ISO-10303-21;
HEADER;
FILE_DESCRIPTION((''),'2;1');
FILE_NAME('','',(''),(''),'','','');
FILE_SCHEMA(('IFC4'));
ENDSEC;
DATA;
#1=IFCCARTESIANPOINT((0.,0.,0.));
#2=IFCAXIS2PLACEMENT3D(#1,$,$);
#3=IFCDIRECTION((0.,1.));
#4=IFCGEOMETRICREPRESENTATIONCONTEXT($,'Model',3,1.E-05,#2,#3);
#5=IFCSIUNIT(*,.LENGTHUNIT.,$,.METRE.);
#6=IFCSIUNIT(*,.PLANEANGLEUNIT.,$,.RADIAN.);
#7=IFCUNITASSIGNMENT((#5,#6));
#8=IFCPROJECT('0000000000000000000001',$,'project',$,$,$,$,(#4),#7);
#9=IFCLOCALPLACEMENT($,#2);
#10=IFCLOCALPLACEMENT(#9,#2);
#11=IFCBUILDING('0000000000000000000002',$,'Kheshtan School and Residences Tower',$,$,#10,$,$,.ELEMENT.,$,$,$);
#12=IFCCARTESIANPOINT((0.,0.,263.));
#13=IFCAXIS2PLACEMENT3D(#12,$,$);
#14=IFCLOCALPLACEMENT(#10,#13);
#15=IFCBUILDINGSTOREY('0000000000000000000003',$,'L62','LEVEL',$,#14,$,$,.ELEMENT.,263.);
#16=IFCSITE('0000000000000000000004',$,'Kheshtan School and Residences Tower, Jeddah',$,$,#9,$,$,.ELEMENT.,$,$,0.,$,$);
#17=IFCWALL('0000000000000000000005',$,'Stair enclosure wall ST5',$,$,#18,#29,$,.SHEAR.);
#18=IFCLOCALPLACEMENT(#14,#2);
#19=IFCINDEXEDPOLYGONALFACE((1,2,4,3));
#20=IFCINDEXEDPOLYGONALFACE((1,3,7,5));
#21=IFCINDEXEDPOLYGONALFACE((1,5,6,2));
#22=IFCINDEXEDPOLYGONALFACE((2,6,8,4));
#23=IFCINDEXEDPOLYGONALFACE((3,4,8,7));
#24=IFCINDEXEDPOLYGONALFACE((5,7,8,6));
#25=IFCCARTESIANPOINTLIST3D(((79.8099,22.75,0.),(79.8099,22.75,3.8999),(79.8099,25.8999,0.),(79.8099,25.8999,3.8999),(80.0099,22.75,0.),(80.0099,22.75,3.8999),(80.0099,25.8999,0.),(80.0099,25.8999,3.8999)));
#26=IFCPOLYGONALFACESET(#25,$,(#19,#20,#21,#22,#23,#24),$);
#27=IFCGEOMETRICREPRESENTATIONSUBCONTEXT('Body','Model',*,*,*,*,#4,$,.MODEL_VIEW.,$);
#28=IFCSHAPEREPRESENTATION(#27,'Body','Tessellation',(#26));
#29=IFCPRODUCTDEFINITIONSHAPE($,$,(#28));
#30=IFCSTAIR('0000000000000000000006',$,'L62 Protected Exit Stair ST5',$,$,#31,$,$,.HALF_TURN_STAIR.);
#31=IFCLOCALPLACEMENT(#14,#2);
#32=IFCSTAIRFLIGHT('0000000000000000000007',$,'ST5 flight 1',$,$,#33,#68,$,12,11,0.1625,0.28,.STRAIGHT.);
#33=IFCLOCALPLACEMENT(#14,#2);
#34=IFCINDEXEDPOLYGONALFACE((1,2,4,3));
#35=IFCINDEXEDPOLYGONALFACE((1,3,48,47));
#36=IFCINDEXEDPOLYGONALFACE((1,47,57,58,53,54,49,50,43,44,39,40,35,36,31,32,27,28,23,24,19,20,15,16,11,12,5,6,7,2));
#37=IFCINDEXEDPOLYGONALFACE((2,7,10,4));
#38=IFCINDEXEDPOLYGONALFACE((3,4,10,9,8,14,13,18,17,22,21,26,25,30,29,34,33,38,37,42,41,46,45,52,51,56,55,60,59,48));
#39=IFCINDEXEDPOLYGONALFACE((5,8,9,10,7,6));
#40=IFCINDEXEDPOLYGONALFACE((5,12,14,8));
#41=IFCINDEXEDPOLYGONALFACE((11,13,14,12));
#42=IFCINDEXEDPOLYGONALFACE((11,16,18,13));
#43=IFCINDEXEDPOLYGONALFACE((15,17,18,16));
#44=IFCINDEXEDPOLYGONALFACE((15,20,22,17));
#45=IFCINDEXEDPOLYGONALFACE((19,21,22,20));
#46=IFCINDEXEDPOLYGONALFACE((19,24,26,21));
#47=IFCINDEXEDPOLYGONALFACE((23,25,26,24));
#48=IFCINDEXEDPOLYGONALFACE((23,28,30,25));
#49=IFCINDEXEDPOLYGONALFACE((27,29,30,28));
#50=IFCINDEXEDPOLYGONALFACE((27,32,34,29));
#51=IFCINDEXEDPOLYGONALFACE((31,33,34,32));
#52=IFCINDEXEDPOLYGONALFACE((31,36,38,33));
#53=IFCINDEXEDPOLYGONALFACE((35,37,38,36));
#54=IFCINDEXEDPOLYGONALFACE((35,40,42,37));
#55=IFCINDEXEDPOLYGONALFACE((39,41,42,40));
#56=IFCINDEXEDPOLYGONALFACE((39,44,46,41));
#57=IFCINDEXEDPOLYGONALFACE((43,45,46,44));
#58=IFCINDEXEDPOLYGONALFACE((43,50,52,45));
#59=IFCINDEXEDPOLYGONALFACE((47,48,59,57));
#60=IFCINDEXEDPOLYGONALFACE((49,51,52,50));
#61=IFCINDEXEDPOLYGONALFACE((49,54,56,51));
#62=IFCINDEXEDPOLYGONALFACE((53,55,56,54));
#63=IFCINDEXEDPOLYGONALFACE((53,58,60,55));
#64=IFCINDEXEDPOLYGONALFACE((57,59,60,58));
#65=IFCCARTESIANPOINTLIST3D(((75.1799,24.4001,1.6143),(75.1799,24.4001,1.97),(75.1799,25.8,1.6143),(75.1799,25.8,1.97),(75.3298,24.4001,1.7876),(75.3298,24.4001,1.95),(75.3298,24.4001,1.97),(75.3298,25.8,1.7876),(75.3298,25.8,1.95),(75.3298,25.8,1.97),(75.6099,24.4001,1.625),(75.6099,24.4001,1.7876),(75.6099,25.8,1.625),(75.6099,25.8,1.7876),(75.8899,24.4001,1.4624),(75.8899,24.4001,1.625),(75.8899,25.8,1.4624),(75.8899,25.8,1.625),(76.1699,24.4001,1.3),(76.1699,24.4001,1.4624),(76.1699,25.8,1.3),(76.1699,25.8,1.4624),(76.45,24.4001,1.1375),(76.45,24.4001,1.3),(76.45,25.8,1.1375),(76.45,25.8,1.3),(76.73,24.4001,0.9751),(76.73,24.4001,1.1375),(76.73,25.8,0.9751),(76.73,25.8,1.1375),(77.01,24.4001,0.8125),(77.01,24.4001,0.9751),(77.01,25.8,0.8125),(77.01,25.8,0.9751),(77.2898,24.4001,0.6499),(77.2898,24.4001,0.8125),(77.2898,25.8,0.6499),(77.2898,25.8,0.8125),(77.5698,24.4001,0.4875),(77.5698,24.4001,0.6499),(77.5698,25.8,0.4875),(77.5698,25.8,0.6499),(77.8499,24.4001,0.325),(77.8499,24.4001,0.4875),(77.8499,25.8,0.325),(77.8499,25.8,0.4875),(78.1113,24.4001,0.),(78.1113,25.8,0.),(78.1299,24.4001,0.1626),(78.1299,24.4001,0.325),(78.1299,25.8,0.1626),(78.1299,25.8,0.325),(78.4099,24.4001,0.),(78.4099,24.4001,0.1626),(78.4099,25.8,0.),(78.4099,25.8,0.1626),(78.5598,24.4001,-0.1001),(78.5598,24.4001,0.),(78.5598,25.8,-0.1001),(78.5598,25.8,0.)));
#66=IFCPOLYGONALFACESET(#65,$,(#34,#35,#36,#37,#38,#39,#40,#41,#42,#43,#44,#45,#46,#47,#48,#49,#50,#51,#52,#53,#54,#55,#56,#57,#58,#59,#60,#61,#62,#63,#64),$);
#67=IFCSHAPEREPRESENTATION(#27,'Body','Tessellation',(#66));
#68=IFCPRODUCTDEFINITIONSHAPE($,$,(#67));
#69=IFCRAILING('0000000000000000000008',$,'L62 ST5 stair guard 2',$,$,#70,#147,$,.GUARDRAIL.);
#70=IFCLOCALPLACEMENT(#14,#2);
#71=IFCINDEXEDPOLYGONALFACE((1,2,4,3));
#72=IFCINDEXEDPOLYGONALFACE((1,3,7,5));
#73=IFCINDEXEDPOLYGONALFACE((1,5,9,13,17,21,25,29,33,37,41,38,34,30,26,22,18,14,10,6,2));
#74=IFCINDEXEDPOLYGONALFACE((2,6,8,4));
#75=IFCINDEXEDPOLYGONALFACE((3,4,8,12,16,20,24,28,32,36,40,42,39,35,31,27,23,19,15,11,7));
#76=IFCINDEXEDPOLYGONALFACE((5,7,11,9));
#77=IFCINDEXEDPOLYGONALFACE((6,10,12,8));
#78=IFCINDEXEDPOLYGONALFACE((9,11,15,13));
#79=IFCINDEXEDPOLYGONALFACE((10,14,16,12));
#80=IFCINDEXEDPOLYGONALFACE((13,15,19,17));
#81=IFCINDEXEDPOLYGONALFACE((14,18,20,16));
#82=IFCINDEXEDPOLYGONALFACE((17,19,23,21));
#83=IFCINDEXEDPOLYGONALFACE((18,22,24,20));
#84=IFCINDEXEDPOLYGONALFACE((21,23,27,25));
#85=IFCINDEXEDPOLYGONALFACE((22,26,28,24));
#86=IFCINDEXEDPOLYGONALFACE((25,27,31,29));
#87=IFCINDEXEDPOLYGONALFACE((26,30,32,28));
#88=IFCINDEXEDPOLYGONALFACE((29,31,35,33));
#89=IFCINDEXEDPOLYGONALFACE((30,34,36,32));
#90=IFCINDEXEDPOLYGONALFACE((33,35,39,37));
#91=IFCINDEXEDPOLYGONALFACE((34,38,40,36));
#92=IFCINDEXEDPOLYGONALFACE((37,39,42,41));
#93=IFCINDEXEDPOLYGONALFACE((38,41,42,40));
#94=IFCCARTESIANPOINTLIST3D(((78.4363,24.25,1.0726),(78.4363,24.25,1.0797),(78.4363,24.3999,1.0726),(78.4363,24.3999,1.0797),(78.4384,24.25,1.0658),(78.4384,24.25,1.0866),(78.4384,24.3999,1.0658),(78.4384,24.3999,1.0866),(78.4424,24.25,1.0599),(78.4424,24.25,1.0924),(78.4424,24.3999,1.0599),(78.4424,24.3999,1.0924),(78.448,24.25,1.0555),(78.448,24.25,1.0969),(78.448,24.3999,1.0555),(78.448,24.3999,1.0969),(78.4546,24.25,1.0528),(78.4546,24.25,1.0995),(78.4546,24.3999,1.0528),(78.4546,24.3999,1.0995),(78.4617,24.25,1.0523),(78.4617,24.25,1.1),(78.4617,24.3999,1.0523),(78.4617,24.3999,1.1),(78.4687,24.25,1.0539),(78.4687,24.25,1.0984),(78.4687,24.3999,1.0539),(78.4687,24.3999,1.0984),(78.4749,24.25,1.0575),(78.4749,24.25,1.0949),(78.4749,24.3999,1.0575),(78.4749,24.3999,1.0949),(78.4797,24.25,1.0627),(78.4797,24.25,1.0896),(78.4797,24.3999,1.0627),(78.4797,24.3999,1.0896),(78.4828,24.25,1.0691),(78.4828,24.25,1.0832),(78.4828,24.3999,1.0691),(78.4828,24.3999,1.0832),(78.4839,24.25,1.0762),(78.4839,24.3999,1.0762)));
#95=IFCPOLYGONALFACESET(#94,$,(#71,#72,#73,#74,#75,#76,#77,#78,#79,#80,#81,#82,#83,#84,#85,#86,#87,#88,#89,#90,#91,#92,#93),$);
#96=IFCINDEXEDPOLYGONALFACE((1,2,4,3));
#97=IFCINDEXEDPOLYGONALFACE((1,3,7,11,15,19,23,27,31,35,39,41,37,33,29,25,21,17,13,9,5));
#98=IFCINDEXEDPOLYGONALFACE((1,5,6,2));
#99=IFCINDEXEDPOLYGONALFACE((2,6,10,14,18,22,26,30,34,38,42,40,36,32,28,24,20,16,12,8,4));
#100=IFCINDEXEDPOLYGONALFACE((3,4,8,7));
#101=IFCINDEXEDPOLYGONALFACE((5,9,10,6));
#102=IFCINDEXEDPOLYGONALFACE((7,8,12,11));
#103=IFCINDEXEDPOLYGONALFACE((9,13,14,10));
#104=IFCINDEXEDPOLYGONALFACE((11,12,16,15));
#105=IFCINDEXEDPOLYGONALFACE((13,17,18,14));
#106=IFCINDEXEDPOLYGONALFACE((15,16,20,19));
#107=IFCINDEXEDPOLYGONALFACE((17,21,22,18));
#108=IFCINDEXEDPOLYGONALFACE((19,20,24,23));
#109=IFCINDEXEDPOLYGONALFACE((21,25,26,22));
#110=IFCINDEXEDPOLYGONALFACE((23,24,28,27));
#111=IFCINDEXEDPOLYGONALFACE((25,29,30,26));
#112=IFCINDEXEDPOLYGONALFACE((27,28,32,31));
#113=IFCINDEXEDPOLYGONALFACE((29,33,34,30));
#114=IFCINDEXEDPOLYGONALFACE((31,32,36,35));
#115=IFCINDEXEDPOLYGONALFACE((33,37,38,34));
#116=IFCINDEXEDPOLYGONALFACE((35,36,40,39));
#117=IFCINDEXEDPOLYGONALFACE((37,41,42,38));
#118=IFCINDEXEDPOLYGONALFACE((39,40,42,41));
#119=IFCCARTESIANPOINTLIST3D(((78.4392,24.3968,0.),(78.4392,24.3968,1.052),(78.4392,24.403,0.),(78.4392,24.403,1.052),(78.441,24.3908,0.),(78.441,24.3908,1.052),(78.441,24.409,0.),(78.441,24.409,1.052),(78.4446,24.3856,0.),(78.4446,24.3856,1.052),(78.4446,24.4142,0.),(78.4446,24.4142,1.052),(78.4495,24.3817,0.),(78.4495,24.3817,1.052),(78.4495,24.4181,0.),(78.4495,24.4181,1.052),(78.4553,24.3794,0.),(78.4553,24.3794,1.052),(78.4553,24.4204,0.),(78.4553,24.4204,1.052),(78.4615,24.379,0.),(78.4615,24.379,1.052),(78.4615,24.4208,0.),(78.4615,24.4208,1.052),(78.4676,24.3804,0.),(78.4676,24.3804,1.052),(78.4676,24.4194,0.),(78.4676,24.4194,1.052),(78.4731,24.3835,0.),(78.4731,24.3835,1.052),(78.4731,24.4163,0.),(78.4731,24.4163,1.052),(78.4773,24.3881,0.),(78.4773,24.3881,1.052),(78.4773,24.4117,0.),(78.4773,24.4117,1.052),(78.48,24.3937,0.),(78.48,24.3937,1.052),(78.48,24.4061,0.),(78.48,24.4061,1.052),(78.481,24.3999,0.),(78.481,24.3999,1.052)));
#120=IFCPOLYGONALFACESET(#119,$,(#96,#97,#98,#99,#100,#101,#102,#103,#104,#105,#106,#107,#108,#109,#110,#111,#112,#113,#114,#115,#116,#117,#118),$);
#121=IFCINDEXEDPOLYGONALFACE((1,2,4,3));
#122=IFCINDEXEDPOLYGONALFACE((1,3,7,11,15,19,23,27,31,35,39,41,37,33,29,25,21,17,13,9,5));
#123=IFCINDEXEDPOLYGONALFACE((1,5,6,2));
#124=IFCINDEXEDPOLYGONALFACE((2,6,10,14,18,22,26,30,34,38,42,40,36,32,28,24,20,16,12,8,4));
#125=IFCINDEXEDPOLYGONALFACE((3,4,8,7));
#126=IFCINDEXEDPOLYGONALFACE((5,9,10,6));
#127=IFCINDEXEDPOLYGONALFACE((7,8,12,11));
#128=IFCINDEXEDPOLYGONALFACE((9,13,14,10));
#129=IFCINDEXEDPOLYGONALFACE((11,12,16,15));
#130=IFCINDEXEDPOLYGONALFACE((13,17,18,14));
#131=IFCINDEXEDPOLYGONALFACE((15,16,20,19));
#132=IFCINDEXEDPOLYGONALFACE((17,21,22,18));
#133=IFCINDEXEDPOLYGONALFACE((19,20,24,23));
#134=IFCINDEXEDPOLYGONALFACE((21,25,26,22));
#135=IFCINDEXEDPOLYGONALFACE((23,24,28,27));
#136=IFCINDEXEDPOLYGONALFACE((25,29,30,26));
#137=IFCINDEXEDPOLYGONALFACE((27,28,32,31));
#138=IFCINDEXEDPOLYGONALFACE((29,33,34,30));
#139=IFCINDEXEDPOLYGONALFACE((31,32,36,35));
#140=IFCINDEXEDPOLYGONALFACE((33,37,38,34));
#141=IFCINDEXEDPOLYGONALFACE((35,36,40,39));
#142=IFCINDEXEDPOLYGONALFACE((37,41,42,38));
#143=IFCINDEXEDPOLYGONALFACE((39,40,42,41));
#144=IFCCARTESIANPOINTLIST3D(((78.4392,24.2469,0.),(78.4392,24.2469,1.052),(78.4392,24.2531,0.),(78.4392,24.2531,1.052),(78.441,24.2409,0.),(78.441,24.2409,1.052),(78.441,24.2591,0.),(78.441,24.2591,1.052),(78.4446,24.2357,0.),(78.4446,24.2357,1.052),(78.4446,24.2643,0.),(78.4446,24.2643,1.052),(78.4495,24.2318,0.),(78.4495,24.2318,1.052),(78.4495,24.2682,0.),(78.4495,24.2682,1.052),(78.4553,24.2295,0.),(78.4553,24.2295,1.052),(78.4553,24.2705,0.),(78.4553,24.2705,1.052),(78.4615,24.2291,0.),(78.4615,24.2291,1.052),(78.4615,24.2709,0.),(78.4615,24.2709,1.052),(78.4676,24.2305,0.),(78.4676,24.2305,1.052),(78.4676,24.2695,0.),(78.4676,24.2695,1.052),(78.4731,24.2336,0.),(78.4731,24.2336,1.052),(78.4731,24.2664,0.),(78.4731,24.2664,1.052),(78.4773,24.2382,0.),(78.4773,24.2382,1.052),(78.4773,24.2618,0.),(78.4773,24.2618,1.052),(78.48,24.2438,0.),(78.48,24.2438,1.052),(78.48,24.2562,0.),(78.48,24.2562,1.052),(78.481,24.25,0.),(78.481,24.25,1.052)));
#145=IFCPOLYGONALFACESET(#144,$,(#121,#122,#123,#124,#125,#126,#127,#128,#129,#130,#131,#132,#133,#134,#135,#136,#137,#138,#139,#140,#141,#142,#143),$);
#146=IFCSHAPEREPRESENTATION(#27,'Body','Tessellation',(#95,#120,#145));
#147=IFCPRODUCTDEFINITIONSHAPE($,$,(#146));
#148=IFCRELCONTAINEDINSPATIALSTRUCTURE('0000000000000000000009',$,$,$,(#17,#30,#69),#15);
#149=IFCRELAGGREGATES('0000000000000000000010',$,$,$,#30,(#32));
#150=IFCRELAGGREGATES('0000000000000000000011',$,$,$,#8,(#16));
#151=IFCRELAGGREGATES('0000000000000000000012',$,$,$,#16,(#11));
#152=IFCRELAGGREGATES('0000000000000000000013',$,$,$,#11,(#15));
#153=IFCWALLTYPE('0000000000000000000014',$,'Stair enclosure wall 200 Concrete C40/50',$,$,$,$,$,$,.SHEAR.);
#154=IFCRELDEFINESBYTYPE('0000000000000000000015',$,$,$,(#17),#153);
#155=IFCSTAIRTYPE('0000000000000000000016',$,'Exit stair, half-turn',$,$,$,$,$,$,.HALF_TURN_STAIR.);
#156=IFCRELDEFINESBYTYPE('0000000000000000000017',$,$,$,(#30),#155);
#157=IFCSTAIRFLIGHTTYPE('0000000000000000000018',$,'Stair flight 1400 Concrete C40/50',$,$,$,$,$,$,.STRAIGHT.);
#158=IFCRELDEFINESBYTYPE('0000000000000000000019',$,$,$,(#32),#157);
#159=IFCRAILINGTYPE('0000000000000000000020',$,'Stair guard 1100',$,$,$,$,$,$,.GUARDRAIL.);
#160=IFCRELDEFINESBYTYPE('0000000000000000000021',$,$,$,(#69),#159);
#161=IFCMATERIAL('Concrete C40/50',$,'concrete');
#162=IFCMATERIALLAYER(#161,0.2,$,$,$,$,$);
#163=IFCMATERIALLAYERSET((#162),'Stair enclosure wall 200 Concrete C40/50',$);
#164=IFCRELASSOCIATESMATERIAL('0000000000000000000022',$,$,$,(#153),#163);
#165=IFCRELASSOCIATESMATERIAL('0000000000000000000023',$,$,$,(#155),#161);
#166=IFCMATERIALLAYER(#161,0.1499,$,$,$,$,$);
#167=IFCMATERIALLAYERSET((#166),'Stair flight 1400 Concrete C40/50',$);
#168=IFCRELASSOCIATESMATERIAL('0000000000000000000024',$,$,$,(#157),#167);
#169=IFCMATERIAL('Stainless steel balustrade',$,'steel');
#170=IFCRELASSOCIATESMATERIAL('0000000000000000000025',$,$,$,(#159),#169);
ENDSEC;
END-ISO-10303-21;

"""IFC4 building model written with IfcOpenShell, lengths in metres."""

from ifc_helpers import new_model, si_unit, direction, frame, frame_2d, origin, origin_2d, place, context, subcontext, project, spatial, polyline, rectangle, circle, outline, extrude, material, layer, layer_set, type_object, element, aggregate, save


model = new_model("IFC4")

# Units and contexts
model_context = context("Model", 3, precision=1e-05, world=origin(), true_north=direction((0.0, 1.0)))
body_context = subcontext(model_context, "Body", "Model", "MODEL_VIEW")
ifc_project = project(units=[si_unit("LENGTHUNIT", "METRE"), si_unit("PLANEANGLEUNIT", "RADIAN")], contexts=[model_context])

# Site, building, storey
site_placement = place(None, origin())
site = spatial("IfcSite", under=ifc_project, at=site_placement, Name="Kheshtan School and Residences Tower, Jeddah", CompositionType="ELEMENT", RefElevation=0.0)
building_placement = place(site_placement, origin())
building = spatial("IfcBuilding", under=site, at=building_placement, Name="Kheshtan School and Residences Tower", CompositionType="ELEMENT")
storey_placement = place(building_placement, frame((0.0, 0.0, 263.0)))
storey = spatial("IfcBuildingStorey", under=building, at=storey_placement, Name="L62", Description="LEVEL", CompositionType="ELEMENT", Elevation=263.0)

# Wall
ifc_material_1 = material(Name="Concrete C40/50", Category="concrete")
ifc_layer_1 = layer(ifc_material_1, 0.2)
ifc_layer_set_1 = layer_set([ifc_layer_1], Name="Stair enclosure wall 200 Concrete C40/50")
wall_type_1 = type_object("IfcWallType", Name="Stair enclosure wall 200 Concrete C40/50", PredefinedType="SHEAR", material=ifc_layer_set_1)
wall_1_placement = place(storey_placement, frame((79.9099, 22.75, 0.0), z_axis=(0.0, 0.0, 1.0), x_axis=(0.0, 1.0, 0.0)))
element("IfcWall", 1, at=wall_1_placement, inside=storey, type_object=wall_type_1, Name="Stair enclosure wall ST5", PredefinedType="SHEAR", context=body_context, shape_type="SweptSolid", body=[
    extrude(rectangle(XDim=3.1499, YDim=0.2, at=frame_2d((1.575, 0.0))), origin(), (0.0, 0.0, 1.0), 3.8999),
])

# Stair, stair flight
stair_type = type_object("IfcStairType", Name="Exit stair, half-turn", PredefinedType="HALF_TURN_STAIR", material=ifc_material_1)
stair_placement = place(storey_placement, origin())
stair = element("IfcStair", 2, at=stair_placement, inside=storey, type_object=stair_type, Name="L62 Protected Exit Stair ST5", PredefinedType="HALF_TURN_STAIR")
ifc_layer_2 = layer(ifc_material_1, 0.1499)
ifc_layer_set_2 = layer_set([ifc_layer_2], Name="Stair flight 1400 Concrete C40/50")
stair_flight_type = type_object("IfcStairFlightType", Name="Stair flight 1400 Concrete C40/50", PredefinedType="STRAIGHT", material=ifc_layer_set_2)
stair_flight_placement = place(storey_placement, frame((78.4099, 25.1001, 0.0), z_axis=(0.0, 0.0, 1.0), x_axis=(-1.0, 0.0, 0.0)))
stair_flight = element("IfcStairFlight", 3, at=stair_flight_placement, type_object=stair_flight_type, Name="ST5 flight 1", NumberOfRisers=12, NumberOfTreads=11, PredefinedType="STRAIGHT", RiserHeight=0.1625, TreadLength=0.28, context=body_context, shape_type="SweptSolid", body=[
    extrude(outline(polyline([(-0.1499, -0.1001), (-0.1499, 0.0), (0.0, 0.0), (0.0, 0.1626), (0.28, 0.1626), (0.28, 0.325), (0.5601, 0.325), (0.5601, 0.4875), (0.8401, 0.4875), (0.8401, 0.6499), (1.1201, 0.6499), (1.1201, 0.8125), (1.3999, 0.8125), (1.3999, 0.9751), (1.6799, 0.9751), (1.6799, 1.1375), (1.96, 1.1375), (1.96, 1.3), (2.24, 1.3), (2.24, 1.4624), (2.52, 1.4624), (2.52, 1.625), (2.8, 1.625), (2.8, 1.7876), (3.0801, 1.7876), (3.0801, 1.95), (3.0801, 1.97), (3.23, 1.97), (3.23, 1.6143), (0.2986, 0.0), (-0.1499, -0.1001)])), frame((0.0, 0.7, 0.0), z_axis=(0.0, -1.0, 0.0), x_axis=(1.0, 0.0, 0.0)), (0.0, 0.0, 1.0), 1.3999),
])
aggregate(stair, [stair_flight])

# Railing
ifc_material_2 = material(Name="Stainless steel balustrade", Category="steel")
railing_type_1 = type_object("IfcRailingType", Name="Stair guard 1100", PredefinedType="GUARDRAIL", material=ifc_material_2)
railing_1_placement = place(storey_placement, frame((78.46, 24.3999, 0.0)))
element("IfcRailing", 4, at=railing_1_placement, inside=storey, type_object=railing_type_1, Name="L62 ST5 stair guard 2", PredefinedType="GUARDRAIL", context=body_context, shape_type="SweptSolid", body=[
    extrude(circle(Radius=0.0239, at=origin_2d()), frame((0.0, 0.0, 1.0762), z_axis=(0.0, -1.0, 0.0), x_axis=(1.0, 0.0, 0.0)), (0.0, 0.0, 1.0), 0.1499),
    extrude(circle(Radius=0.021, at=origin_2d()), origin(), (0.0, 0.0, 1.0), 1.052),
    extrude(circle(Radius=0.021, at=origin_2d()), frame((0.0, -0.1499, 0.0)), (0.0, 0.0, 1.0), 1.052),
])

save(model, "model.ifc")
